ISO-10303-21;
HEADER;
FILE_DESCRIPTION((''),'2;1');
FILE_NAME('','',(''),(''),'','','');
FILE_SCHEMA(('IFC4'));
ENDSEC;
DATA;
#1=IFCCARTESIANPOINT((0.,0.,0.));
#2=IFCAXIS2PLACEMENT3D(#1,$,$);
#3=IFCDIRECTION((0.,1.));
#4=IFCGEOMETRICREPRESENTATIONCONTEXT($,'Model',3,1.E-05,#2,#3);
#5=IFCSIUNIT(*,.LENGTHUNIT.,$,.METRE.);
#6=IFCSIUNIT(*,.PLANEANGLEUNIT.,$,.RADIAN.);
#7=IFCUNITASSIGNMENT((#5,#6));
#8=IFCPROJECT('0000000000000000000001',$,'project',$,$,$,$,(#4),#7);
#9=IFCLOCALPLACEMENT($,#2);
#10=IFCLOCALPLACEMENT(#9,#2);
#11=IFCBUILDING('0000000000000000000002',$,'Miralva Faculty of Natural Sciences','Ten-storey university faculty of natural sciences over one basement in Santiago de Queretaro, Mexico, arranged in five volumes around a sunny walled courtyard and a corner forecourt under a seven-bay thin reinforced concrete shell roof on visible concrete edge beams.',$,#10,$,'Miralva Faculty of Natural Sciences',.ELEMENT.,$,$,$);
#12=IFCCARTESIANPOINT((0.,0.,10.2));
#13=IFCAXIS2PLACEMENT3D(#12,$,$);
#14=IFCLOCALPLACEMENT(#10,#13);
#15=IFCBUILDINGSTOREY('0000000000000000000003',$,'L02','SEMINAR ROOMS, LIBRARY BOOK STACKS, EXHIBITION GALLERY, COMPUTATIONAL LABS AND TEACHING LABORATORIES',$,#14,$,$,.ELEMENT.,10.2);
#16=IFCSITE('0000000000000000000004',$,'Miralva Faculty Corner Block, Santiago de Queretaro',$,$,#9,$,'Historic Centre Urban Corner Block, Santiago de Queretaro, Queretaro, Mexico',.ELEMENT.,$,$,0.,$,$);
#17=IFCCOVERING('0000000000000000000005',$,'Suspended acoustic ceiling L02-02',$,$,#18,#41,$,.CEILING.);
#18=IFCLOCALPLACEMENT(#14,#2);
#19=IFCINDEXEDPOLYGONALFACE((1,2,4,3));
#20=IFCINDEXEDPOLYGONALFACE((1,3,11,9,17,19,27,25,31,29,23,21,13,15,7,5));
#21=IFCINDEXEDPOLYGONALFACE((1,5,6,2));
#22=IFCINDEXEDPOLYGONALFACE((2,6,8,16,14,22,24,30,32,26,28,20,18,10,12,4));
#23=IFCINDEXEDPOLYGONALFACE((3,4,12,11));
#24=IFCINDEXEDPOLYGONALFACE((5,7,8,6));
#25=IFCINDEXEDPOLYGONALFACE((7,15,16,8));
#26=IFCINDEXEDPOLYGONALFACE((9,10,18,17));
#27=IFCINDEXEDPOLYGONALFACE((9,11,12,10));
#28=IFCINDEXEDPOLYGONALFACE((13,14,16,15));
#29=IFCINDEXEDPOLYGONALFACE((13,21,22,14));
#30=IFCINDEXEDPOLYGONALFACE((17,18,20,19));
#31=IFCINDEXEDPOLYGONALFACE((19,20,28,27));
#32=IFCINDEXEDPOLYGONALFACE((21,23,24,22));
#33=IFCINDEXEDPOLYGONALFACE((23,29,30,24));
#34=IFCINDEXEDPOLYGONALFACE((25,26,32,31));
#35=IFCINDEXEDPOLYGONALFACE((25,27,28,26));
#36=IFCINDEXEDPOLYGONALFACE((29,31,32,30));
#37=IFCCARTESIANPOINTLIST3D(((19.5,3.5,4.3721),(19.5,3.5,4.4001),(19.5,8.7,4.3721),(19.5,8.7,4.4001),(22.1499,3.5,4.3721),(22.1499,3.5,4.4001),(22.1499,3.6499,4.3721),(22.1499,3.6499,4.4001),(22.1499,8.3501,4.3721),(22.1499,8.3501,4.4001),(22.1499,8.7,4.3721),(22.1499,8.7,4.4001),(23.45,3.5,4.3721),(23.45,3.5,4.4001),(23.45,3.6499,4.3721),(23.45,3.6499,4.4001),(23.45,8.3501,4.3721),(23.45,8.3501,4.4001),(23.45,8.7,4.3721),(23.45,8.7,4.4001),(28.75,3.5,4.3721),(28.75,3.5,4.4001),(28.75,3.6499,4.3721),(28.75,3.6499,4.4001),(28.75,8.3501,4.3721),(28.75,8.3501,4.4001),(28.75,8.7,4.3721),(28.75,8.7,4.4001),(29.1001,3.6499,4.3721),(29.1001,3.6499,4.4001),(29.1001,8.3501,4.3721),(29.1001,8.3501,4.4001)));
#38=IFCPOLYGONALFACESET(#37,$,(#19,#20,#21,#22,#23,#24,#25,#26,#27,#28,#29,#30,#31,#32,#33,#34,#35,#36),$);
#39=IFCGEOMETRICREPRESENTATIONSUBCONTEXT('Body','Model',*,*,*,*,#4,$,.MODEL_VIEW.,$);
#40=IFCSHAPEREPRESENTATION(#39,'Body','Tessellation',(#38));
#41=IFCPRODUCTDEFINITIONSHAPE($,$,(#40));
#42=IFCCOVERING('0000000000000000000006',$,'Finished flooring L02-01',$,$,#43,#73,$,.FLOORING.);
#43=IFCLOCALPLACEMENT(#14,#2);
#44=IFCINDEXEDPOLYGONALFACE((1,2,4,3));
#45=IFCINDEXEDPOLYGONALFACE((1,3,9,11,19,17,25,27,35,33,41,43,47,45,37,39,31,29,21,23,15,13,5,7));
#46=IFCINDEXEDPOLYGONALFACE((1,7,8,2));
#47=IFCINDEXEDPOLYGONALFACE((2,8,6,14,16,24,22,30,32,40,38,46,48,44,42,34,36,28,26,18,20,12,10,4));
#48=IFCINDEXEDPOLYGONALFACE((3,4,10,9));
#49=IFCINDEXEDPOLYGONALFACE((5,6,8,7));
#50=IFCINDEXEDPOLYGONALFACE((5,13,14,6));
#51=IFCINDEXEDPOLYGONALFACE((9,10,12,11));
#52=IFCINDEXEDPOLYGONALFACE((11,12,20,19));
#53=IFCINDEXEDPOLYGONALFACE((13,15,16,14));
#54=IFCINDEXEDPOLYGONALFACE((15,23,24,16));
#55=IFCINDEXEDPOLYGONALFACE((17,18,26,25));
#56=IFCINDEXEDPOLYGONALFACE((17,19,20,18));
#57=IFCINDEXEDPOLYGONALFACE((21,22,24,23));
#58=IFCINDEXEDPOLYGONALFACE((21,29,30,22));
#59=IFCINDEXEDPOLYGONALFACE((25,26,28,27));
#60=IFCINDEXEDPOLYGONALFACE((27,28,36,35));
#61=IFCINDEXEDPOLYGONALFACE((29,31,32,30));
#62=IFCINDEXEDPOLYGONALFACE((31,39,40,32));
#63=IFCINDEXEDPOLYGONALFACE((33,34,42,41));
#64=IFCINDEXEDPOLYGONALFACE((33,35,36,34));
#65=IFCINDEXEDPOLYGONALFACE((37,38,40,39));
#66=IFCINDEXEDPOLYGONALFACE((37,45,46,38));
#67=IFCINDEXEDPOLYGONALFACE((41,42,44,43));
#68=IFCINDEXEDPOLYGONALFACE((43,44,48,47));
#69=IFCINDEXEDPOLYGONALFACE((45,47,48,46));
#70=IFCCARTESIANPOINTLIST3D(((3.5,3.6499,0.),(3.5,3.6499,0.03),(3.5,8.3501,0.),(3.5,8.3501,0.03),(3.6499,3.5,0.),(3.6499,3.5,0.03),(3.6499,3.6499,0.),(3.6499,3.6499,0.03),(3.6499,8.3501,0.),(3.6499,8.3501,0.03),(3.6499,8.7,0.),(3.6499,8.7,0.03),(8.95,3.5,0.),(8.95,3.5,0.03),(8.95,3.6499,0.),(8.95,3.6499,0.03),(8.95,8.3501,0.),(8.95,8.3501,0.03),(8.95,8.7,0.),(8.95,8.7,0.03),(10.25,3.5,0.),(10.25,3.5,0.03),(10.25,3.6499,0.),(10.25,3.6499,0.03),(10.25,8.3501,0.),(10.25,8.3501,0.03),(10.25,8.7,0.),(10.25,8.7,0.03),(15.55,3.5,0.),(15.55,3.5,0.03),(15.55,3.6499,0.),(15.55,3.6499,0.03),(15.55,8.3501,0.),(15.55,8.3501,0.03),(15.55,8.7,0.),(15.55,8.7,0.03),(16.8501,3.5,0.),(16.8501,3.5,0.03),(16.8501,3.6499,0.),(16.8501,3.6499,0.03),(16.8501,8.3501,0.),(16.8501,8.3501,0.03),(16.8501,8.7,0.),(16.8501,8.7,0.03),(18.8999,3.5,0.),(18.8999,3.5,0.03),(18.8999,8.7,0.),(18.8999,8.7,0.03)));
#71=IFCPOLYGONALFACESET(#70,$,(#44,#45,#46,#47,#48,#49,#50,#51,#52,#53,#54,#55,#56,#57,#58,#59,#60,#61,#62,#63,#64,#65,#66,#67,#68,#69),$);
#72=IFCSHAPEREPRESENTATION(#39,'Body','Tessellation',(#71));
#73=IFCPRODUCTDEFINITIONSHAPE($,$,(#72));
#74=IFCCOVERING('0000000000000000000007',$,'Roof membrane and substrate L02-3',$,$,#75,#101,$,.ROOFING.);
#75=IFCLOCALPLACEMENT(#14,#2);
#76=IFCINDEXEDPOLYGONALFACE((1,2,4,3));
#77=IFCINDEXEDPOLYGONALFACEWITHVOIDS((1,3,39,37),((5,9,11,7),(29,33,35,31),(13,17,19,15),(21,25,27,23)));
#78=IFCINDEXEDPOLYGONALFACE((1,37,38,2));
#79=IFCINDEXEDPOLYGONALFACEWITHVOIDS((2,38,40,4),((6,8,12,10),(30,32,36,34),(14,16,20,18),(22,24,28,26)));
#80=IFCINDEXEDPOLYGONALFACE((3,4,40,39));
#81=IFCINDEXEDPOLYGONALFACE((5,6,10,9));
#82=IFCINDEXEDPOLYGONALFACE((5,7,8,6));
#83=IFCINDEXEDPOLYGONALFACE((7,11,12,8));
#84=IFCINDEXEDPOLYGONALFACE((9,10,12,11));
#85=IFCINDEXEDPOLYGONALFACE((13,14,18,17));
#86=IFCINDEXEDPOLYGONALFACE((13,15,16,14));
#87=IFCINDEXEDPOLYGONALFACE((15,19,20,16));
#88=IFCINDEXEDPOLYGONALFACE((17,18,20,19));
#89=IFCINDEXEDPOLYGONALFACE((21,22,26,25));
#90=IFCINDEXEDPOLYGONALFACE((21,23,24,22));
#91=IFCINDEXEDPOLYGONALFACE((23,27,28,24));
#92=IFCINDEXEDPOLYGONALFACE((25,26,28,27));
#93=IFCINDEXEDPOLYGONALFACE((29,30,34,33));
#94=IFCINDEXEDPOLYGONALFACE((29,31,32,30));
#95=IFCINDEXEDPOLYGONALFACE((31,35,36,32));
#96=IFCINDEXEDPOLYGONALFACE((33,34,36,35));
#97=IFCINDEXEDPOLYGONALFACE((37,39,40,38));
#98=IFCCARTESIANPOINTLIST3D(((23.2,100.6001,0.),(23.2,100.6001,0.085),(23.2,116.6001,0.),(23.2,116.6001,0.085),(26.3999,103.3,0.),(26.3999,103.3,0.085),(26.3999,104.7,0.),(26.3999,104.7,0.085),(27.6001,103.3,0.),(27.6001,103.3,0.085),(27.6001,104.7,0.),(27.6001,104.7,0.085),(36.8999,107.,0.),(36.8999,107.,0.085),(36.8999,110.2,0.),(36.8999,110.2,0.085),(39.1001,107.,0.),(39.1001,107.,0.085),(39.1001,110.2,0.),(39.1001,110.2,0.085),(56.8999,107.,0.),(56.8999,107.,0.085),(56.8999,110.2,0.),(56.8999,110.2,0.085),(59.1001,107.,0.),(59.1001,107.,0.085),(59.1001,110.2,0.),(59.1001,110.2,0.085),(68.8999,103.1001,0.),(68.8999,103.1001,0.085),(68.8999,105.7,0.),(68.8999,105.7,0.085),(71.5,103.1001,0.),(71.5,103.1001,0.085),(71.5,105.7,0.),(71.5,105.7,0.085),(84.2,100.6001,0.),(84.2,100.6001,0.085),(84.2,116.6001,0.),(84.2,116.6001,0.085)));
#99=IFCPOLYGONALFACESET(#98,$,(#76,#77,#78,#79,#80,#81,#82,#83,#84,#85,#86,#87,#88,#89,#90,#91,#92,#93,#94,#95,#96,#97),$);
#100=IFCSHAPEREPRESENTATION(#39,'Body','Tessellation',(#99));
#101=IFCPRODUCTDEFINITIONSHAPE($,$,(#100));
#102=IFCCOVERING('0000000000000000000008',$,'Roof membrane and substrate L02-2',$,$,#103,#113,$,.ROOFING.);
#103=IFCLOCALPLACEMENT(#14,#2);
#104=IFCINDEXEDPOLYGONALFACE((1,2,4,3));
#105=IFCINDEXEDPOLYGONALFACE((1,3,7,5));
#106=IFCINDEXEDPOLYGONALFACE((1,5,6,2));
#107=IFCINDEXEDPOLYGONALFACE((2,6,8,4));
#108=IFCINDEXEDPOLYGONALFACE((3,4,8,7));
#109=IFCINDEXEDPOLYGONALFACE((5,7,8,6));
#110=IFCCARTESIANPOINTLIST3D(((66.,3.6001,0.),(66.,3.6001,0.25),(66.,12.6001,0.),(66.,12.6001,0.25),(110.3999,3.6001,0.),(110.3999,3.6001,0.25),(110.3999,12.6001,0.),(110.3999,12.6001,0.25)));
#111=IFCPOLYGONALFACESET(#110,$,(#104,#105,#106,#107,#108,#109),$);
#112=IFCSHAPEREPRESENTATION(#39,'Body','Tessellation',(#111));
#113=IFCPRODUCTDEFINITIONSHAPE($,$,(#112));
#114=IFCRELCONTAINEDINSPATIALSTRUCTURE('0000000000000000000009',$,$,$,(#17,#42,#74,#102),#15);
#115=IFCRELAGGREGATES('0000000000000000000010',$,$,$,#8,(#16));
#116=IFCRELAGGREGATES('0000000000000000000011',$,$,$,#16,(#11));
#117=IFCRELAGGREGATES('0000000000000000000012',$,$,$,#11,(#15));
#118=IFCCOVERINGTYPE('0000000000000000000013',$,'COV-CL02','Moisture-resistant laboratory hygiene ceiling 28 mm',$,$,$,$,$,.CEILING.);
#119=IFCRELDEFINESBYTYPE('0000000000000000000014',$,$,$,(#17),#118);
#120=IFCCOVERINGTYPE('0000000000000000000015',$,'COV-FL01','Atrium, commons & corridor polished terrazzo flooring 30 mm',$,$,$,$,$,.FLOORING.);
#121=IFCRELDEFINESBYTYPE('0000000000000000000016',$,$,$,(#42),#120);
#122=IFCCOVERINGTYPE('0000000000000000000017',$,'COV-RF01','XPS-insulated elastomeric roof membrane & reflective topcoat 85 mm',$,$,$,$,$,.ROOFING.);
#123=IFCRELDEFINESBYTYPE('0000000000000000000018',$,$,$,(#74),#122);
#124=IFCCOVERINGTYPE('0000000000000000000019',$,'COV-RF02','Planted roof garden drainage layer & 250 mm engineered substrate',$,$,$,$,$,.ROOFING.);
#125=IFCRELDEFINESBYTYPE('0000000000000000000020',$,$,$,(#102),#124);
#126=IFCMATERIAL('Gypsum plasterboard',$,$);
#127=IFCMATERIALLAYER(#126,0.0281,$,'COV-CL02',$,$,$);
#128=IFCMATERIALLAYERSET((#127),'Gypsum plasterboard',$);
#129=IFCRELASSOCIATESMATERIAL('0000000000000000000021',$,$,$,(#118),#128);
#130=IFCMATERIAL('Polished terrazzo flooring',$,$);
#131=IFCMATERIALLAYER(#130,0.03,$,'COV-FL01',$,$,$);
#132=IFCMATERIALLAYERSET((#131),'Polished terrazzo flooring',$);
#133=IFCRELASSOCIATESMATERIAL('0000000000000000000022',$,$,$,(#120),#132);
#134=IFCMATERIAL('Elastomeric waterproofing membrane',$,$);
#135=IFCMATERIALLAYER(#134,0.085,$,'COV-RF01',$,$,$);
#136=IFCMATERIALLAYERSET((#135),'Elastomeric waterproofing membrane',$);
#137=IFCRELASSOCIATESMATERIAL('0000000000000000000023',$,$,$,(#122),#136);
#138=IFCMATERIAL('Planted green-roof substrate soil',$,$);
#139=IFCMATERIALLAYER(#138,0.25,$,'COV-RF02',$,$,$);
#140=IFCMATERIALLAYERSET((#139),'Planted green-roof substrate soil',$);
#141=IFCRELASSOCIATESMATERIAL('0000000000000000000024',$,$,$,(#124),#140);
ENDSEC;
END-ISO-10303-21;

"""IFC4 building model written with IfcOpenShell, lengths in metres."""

from ifc_helpers import new_model, si_unit, direction, frame, origin, place, context, subcontext, project, spatial, polyline, outline, extrude, material, layer, layer_set, type_object, element, save


model = new_model("IFC4")

# Units and contexts
model_context = context("Model", 3, precision=1e-05, world=origin(), true_north=direction((0.0, 1.0)))
body_context = subcontext(model_context, "Body", "Model", "MODEL_VIEW")
ifc_project = project(units=[si_unit("LENGTHUNIT", "METRE"), si_unit("PLANEANGLEUNIT", "RADIAN")], contexts=[model_context])

# Site, building, storey
site_placement = place(None, origin())
site = spatial("IfcSite", under=ifc_project, at=site_placement, Name="Miralva Faculty Corner Block, Santiago de Queretaro", LongName="Historic Centre Urban Corner Block, Santiago de Queretaro, Queretaro, Mexico", CompositionType="ELEMENT", RefElevation=0.0)
building_placement = place(site_placement, origin())
building = spatial("IfcBuilding", under=site, at=building_placement, Name="Miralva Faculty of Natural Sciences", Description="Ten-storey university faculty of natural sciences over one basement in Santiago de Queretaro, Mexico, arranged in five volumes around a sunny walled courtyard and a corner forecourt under a seven-bay thin reinforced concrete shell roof on visible concrete edge beams.", LongName="Miralva Faculty of Natural Sciences", CompositionType="ELEMENT")
storey_placement = place(building_placement, frame((0.0, 0.0, 10.2)))
storey = spatial("IfcBuildingStorey", under=building, at=storey_placement, Name="L02", Description="SEMINAR ROOMS, LIBRARY BOOK STACKS, EXHIBITION GALLERY, COMPUTATIONAL LABS AND TEACHING LABORATORIES", CompositionType="ELEMENT", Elevation=10.2)

# Coverings
ifc_material_1 = material(Name="Gypsum plasterboard")
ifc_layer_1 = layer(ifc_material_1, 0.0281, Name="COV-CL02")
ifc_layer_set_1 = layer_set([ifc_layer_1], Name="Gypsum plasterboard")
covering_type_1 = type_object("IfcCoveringType", Name="COV-CL02", Description="Moisture-resistant laboratory hygiene ceiling 28 mm", PredefinedType="CEILING", material=ifc_layer_set_1)
covering_1_placement = place(storey_placement, frame((0.0, 0.0, 4.3721)))
element("IfcCovering", 1, at=covering_1_placement, inside=storey, type_object=covering_type_1, Name="Suspended acoustic ceiling L02-02", PredefinedType="CEILING", context=body_context, shape_type="SweptSolid", body=[
    extrude(outline(polyline([(22.1499, 3.6499), (22.1499, 3.5), (19.5, 3.5), (19.5, 8.7), (22.1499, 8.7), (22.1499, 8.3501), (23.45, 8.3501), (23.45, 8.7), (28.75, 8.7), (28.75, 8.3501), (29.1001, 8.3501), (29.1001, 3.6499), (28.75, 3.6499), (28.75, 3.5), (23.45, 3.5), (23.45, 3.6499), (22.1499, 3.6499)])), origin(), (0.0, 0.0, 1.0), 0.0281),
])
ifc_material_2 = material(Name="Polished terrazzo flooring")
ifc_layer_2 = layer(ifc_material_2, 0.03, Name="COV-FL01")
ifc_layer_set_2 = layer_set([ifc_layer_2], Name="Polished terrazzo flooring")
covering_type_2 = type_object("IfcCoveringType", Name="COV-FL01", Description="Atrium, commons & corridor polished terrazzo flooring 30 mm", PredefinedType="FLOORING", material=ifc_layer_set_2)
covering_2_placement = place(storey_placement, origin())
element("IfcCovering", 2, at=covering_2_placement, inside=storey, type_object=covering_type_2, Name="Finished flooring L02-01", PredefinedType="FLOORING", context=body_context, shape_type="SweptSolid", body=[
    extrude(outline(polyline([(8.95, 8.7), (8.95, 8.3501), (10.25, 8.3501), (10.25, 8.7), (15.55, 8.7), (15.55, 8.3501), (16.8501, 8.3501), (16.8501, 8.7), (18.8999, 8.7), (18.8999, 3.5), (16.8501, 3.5), (16.8501, 3.6499), (15.55, 3.6499), (15.55, 3.5), (10.25, 3.5), (10.25, 3.6499), (8.95, 3.6499), (8.95, 3.5), (3.6499, 3.5), (3.6499, 3.6499), (3.5, 3.6499), (3.5, 8.3501), (3.6499, 8.3501), (3.6499, 8.7), (8.95, 8.7)])), origin(), (0.0, 0.0, 1.0), 0.03),
])
ifc_material_3 = material(Name="Elastomeric waterproofing membrane")
ifc_layer_3 = layer(ifc_material_3, 0.085, Name="COV-RF01")
ifc_layer_set_3 = layer_set([ifc_layer_3], Name="Elastomeric waterproofing membrane")
covering_type_3 = type_object("IfcCoveringType", Name="COV-RF01", Description="XPS-insulated elastomeric roof membrane & reflective topcoat 85 mm", PredefinedType="ROOFING", material=ifc_layer_set_3)
covering_3_placement = place(storey_placement, origin())
element("IfcCovering", 3, at=covering_3_placement, inside=storey, type_object=covering_type_3, Name="Roof membrane and substrate L02-3", PredefinedType="ROOFING", context=body_context, shape_type="SweptSolid", body=[
    extrude(outline(polyline([(23.2, 100.6001), (23.2, 116.6001), (84.2, 116.6001), (84.2, 100.6001), (23.2, 100.6001)]), holes=[polyline([(39.1001, 107.0), (39.1001, 110.2), (36.8999, 110.2), (36.8999, 107.0), (39.1001, 107.0)]), polyline([(56.8999, 107.0), (59.1001, 107.0), (59.1001, 110.2), (56.8999, 110.2), (56.8999, 107.0)]), polyline([(68.8999, 105.7), (68.8999, 103.1001), (71.5, 103.1001), (71.5, 105.7), (68.8999, 105.7)]), polyline([(27.6001, 104.7), (26.3999, 104.7), (26.3999, 103.3), (27.6001, 103.3), (27.6001, 104.7)])]), origin(), (0.0, 0.0, 1.0), 0.085),
])
ifc_material_4 = material(Name="Planted green-roof substrate soil")
ifc_layer_4 = layer(ifc_material_4, 0.25, Name="COV-RF02")
ifc_layer_set_4 = layer_set([ifc_layer_4], Name="Planted green-roof substrate soil")
covering_type_4 = type_object("IfcCoveringType", Name="COV-RF02", Description="Planted roof garden drainage layer & 250 mm engineered substrate", PredefinedType="ROOFING", material=ifc_layer_set_4)
covering_4_placement = place(storey_placement, origin())
element("IfcCovering", 4, at=covering_4_placement, inside=storey, type_object=covering_type_4, Name="Roof membrane and substrate L02-2", PredefinedType="ROOFING", context=body_context, shape_type="SweptSolid", body=[
    extrude(outline(polyline([(66.0, 3.6001), (66.0, 12.6001), (110.3999, 12.6001), (110.3999, 3.6001), (66.0, 3.6001)])), origin(), (0.0, 0.0, 1.0), 0.25),
])

save(model, "model.ifc")
